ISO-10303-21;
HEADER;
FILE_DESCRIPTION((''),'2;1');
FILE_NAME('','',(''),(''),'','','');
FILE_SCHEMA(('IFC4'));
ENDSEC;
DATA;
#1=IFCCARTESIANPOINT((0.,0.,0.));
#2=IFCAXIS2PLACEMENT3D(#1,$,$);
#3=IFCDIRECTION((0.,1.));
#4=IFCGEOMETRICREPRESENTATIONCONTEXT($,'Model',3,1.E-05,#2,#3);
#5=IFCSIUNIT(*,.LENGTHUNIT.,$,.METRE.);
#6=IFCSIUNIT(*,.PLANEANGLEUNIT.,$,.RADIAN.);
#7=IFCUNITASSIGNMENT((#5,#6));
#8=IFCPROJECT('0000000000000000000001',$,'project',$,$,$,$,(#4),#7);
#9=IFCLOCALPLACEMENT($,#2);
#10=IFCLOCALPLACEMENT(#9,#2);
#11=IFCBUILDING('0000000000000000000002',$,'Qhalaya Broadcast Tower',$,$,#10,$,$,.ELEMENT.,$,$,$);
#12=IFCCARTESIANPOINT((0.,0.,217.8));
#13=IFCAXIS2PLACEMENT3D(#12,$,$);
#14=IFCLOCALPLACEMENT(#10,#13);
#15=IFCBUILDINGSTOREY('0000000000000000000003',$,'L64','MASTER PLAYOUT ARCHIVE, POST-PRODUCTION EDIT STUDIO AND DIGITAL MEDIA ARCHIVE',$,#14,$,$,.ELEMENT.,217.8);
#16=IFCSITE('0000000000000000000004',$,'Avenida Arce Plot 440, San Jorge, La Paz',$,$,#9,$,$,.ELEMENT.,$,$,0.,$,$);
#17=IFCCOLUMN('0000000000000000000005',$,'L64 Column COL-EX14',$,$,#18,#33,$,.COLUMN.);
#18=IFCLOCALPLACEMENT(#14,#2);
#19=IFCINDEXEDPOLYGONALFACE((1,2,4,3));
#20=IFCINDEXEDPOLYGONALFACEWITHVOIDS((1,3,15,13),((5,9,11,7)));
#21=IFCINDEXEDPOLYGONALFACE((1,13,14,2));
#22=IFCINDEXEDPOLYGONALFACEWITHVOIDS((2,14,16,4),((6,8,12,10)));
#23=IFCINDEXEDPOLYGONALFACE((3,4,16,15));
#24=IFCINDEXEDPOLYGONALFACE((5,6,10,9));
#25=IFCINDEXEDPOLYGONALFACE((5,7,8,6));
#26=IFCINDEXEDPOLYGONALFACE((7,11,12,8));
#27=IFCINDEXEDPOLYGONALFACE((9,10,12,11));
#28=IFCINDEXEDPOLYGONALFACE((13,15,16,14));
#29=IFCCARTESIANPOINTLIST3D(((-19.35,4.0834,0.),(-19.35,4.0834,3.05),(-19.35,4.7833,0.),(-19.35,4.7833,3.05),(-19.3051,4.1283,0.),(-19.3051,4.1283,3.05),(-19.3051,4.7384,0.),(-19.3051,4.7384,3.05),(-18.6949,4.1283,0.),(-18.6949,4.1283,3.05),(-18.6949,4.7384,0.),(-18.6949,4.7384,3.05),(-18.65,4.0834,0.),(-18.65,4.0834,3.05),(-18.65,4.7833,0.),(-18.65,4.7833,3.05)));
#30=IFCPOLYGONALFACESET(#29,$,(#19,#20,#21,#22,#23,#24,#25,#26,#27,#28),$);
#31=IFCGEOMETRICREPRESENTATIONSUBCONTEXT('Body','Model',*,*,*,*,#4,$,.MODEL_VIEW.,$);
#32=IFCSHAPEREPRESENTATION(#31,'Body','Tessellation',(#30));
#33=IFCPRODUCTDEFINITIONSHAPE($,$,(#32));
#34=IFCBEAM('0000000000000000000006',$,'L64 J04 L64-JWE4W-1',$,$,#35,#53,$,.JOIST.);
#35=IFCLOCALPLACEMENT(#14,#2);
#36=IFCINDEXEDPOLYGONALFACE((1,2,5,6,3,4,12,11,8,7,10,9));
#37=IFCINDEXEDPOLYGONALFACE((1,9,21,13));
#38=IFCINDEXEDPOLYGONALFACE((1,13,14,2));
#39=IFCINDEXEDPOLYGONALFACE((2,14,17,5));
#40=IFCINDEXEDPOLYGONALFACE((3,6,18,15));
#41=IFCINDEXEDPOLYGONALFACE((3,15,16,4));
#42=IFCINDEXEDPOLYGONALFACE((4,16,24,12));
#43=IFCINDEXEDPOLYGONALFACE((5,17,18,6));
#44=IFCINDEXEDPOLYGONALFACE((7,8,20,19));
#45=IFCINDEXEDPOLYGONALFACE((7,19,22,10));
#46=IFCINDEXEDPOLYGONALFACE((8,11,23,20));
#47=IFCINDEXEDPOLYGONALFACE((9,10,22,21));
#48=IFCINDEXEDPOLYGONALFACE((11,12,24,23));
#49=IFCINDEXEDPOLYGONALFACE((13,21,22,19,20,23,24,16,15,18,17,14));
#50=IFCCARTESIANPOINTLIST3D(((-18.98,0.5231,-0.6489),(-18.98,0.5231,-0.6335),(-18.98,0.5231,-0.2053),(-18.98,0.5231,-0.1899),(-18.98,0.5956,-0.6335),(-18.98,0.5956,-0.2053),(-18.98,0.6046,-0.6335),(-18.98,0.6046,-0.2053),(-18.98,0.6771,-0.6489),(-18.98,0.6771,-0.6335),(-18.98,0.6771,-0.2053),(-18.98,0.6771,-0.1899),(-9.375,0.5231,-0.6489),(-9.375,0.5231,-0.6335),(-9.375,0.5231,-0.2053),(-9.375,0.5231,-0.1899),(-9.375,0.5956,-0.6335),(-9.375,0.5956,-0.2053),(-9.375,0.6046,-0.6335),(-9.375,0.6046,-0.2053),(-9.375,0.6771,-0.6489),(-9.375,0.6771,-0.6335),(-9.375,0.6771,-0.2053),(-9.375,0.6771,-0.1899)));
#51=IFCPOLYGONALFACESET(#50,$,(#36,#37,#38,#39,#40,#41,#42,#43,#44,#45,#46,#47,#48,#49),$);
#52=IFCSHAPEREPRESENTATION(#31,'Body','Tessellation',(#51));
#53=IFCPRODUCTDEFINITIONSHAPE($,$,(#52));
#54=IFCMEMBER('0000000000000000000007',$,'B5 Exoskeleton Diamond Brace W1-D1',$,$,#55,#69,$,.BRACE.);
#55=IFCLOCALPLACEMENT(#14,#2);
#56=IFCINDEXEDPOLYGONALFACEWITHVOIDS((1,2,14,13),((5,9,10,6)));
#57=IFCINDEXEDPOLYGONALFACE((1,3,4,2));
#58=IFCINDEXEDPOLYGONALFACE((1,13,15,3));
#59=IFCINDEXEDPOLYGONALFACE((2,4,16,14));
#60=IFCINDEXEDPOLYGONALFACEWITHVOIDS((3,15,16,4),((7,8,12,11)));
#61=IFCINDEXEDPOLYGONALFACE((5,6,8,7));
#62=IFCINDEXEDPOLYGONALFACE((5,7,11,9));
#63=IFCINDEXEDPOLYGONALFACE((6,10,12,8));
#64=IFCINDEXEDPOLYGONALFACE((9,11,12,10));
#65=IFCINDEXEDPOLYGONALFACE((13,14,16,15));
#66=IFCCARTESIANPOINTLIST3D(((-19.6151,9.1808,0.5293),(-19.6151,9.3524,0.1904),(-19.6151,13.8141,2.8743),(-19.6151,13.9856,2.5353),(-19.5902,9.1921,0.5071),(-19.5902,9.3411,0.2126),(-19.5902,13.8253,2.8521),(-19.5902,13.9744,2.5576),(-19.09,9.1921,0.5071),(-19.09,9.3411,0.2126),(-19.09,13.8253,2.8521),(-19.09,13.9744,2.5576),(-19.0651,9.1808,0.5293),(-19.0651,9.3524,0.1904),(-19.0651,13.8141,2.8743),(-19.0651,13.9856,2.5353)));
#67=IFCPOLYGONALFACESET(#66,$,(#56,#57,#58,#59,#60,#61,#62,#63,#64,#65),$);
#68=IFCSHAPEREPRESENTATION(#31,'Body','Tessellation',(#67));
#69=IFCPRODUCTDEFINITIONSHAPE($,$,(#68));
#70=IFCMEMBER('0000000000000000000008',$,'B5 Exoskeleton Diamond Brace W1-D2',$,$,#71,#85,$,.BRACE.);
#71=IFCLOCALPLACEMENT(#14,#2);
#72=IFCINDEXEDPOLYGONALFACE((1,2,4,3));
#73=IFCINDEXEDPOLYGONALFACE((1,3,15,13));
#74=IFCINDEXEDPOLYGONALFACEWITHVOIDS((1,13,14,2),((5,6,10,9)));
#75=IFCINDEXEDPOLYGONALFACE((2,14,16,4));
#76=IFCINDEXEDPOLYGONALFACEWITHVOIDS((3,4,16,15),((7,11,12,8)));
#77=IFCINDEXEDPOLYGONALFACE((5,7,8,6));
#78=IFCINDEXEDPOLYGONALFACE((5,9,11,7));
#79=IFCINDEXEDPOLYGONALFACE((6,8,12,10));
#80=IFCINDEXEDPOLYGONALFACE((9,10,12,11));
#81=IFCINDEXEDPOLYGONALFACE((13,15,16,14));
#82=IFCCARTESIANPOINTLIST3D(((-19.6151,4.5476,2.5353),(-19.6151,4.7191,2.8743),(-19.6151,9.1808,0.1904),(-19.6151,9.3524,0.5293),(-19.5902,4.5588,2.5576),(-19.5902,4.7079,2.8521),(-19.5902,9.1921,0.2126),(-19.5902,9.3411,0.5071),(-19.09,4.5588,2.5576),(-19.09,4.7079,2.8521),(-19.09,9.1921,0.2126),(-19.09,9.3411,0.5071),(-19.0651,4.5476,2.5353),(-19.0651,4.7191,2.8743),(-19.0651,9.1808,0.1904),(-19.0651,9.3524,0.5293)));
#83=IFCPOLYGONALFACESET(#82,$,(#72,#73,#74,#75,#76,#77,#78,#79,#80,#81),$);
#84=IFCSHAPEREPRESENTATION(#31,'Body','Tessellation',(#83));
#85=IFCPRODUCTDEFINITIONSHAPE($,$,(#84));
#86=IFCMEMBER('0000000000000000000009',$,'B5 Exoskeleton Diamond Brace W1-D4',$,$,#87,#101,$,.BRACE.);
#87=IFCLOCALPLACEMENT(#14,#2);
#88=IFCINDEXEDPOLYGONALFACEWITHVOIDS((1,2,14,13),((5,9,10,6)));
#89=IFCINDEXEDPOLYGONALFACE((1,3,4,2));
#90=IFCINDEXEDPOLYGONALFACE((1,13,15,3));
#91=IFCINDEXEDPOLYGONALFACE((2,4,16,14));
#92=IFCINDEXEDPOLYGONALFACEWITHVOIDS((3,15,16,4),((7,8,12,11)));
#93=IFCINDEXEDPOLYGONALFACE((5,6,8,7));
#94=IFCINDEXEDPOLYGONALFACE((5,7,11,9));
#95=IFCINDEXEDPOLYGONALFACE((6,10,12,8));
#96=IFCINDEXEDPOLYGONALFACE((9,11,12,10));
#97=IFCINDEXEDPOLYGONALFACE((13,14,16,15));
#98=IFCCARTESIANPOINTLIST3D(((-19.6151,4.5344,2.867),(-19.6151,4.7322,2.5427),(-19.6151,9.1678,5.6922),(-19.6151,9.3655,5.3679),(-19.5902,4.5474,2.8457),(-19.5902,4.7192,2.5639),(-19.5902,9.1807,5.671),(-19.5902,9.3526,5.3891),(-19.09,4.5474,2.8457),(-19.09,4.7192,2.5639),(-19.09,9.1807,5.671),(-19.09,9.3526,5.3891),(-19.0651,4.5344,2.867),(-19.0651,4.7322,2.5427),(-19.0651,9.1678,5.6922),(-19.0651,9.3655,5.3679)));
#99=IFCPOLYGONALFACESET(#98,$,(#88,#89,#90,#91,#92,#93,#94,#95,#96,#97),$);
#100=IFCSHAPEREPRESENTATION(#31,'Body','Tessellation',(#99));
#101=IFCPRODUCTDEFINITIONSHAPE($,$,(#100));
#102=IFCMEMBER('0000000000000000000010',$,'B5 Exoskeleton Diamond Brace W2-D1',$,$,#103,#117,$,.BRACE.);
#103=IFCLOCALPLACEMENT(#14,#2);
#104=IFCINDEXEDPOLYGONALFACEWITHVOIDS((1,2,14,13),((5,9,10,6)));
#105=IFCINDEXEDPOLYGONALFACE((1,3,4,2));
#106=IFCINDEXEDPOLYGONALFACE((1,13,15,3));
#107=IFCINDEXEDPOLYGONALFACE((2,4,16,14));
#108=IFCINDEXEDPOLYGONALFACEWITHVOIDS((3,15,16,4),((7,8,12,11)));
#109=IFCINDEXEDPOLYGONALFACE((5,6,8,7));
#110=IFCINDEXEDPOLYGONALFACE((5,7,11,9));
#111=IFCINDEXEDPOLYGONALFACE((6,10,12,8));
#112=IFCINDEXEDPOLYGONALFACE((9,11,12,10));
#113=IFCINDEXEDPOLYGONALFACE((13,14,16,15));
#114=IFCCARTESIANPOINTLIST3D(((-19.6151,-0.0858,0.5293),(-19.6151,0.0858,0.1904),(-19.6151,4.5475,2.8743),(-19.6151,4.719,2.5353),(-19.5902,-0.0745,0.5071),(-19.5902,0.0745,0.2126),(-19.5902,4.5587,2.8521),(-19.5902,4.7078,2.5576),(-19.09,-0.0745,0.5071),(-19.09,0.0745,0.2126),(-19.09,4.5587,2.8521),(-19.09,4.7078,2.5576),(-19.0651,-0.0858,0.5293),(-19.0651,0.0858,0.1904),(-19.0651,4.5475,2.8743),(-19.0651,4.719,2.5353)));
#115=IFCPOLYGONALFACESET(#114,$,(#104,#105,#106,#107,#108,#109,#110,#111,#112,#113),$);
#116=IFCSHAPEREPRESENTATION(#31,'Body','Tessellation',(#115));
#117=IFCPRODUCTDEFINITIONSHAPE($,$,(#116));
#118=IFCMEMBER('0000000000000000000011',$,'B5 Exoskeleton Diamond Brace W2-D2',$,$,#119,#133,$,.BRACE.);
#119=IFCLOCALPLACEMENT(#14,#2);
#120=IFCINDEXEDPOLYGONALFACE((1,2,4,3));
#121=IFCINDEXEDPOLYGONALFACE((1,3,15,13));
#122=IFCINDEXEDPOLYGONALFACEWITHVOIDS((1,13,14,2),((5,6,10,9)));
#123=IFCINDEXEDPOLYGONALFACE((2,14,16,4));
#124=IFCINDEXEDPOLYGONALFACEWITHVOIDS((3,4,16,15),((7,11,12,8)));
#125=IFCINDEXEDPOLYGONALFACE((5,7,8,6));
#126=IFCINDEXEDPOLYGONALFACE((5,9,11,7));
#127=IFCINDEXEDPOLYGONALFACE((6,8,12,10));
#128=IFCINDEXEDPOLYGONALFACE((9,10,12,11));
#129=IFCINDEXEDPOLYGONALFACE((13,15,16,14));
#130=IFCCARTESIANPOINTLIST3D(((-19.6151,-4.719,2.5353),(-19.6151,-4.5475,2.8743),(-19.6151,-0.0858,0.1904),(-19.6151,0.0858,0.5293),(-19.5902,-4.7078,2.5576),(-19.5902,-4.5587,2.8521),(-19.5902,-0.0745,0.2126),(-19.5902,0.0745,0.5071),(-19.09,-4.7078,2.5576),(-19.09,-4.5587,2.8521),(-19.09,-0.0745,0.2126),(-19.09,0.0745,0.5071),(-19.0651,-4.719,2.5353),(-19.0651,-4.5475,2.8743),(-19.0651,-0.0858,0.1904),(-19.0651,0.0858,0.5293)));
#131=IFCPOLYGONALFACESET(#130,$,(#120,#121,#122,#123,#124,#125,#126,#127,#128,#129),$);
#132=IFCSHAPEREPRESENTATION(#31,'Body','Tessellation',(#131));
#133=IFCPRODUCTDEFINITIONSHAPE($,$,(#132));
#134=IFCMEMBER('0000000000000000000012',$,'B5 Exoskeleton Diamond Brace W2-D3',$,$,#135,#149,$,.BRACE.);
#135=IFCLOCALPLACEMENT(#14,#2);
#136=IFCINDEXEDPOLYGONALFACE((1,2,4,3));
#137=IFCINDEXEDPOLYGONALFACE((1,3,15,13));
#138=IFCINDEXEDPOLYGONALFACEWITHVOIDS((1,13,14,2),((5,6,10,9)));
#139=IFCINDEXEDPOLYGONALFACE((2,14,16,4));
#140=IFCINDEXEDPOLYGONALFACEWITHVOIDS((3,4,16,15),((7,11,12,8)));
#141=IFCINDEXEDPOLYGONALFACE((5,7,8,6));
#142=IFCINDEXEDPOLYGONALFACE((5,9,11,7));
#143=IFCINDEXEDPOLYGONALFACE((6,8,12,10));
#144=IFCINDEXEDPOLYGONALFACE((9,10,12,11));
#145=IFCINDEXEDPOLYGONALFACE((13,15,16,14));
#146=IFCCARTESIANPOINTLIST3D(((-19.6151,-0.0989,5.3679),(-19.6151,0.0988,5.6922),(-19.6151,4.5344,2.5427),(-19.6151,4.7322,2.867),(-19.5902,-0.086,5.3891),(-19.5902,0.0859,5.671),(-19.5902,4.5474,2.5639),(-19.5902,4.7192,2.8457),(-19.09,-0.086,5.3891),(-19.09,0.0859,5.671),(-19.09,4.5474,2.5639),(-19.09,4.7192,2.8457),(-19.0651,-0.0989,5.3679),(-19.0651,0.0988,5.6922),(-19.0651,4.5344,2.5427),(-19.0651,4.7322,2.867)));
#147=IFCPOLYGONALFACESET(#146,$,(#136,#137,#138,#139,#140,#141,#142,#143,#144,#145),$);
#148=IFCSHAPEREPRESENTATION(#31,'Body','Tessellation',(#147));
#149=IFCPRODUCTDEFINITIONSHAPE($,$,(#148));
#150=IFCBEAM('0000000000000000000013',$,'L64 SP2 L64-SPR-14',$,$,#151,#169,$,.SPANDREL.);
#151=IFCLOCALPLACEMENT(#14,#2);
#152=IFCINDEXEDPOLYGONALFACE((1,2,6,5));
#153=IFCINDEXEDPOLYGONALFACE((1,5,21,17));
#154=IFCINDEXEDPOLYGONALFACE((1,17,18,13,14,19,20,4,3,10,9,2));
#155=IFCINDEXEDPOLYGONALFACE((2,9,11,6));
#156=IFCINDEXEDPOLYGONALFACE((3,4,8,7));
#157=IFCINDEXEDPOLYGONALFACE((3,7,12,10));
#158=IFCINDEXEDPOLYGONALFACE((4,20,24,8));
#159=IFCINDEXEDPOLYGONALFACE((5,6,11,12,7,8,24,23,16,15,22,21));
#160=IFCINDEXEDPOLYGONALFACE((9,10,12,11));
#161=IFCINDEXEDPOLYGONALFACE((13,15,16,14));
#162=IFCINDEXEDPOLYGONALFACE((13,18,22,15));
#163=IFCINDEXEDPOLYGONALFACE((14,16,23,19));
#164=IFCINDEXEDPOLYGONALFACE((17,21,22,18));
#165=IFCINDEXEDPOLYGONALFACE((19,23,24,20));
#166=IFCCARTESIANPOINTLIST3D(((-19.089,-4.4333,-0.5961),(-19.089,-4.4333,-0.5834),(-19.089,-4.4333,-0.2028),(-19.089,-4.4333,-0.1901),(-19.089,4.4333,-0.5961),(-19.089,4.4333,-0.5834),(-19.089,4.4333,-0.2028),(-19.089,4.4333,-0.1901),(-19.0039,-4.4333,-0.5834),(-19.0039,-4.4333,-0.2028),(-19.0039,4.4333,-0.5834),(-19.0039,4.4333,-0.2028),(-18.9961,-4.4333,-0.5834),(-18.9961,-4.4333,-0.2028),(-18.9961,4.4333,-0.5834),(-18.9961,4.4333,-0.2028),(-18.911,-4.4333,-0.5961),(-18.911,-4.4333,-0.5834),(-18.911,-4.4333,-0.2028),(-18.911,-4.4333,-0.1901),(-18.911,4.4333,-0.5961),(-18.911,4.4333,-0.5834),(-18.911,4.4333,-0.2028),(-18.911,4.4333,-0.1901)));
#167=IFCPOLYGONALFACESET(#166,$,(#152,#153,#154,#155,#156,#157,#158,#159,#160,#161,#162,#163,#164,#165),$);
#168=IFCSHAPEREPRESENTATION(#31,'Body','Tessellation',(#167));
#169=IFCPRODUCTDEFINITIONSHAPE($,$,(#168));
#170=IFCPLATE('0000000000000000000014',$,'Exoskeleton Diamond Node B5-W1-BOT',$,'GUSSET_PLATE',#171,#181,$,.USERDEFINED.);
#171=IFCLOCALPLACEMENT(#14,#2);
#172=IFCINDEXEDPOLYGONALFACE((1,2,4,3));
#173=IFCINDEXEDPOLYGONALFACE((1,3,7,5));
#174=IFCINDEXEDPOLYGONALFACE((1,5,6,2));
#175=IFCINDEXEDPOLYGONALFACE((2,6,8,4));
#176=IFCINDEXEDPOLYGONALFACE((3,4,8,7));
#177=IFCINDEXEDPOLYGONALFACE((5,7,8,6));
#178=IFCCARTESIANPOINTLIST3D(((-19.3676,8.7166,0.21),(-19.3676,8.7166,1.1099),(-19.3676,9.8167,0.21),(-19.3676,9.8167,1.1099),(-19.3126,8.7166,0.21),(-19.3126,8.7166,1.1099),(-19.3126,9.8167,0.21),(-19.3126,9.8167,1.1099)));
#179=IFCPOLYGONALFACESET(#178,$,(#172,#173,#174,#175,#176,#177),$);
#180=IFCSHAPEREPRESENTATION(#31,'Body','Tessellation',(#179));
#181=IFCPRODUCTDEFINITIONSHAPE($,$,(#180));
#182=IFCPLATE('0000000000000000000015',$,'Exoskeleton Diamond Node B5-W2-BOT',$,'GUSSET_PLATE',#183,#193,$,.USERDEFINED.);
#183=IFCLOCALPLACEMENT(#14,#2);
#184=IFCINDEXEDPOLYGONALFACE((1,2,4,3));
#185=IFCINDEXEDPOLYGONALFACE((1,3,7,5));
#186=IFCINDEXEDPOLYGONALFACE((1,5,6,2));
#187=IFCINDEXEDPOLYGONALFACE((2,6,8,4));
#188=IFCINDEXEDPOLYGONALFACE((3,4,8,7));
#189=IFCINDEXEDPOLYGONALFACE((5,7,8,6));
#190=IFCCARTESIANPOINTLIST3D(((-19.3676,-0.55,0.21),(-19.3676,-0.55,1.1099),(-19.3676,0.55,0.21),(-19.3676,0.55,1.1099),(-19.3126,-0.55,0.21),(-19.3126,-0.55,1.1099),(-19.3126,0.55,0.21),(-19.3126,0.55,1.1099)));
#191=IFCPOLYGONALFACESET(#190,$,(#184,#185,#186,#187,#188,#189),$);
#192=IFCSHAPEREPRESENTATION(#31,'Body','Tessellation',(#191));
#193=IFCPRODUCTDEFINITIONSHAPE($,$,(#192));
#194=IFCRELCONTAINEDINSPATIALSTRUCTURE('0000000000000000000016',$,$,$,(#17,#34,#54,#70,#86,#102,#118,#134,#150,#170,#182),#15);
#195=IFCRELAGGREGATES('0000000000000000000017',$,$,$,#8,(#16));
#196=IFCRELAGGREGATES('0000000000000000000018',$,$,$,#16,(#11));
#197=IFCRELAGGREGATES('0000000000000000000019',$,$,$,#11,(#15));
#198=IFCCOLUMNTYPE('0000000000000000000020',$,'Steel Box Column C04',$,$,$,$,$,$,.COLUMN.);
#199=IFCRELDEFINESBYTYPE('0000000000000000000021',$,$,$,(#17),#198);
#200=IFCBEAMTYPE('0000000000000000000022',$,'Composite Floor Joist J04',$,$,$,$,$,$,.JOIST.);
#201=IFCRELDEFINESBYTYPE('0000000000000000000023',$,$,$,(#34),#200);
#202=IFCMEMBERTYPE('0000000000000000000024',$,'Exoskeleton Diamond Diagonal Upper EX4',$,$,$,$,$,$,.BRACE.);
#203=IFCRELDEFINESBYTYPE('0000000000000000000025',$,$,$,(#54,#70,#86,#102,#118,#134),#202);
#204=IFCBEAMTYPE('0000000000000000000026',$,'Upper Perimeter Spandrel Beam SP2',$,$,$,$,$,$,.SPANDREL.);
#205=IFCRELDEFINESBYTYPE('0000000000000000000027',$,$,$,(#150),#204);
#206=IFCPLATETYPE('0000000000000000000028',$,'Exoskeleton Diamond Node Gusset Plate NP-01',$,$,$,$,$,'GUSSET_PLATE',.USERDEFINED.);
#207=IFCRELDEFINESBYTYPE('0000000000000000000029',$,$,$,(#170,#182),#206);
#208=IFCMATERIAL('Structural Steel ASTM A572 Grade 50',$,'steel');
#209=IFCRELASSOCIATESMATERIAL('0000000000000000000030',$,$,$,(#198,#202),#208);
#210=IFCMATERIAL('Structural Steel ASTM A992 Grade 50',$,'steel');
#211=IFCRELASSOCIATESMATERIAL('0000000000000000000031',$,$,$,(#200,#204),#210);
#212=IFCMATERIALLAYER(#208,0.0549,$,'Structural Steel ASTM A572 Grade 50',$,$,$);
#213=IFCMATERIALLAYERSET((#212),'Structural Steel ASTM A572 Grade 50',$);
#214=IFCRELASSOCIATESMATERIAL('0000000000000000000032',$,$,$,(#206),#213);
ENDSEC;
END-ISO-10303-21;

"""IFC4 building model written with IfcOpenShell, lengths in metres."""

from ifc_helpers import new_model, si_unit, direction, frame, origin, origin_2d, place, context, subcontext, project, spatial, rectangle, hollow_rectangle, i_section, extrude, material, layer, layer_set, material_profile, profile_set, type_object, element, save


model = new_model("IFC4")

# Units and contexts
model_context = context("Model", 3, precision=1e-05, world=origin(), true_north=direction((0.0, 1.0)))
body_context = subcontext(model_context, "Body", "Model", "MODEL_VIEW")
ifc_project = project(units=[si_unit("LENGTHUNIT", "METRE"), si_unit("PLANEANGLEUNIT", "RADIAN")], contexts=[model_context])

# Site, building, storey
site_placement = place(None, origin())
site = spatial("IfcSite", under=ifc_project, at=site_placement, Name="Avenida Arce Plot 440, San Jorge, La Paz", CompositionType="ELEMENT", RefElevation=0.0)
building_placement = place(site_placement, origin())
building = spatial("IfcBuilding", under=site, at=building_placement, Name="Qhalaya Broadcast Tower", CompositionType="ELEMENT")
storey_placement = place(building_placement, frame((0.0, 0.0, 217.8)))
storey = spatial("IfcBuildingStorey", under=building, at=storey_placement, Name="L64", Description="MASTER PLAYOUT ARCHIVE, POST-PRODUCTION EDIT STUDIO AND DIGITAL MEDIA ARCHIVE", CompositionType="ELEMENT", Elevation=217.8)

# Column
ifc_material_1 = material(Name="Structural Steel ASTM A572 Grade 50", Category="steel")
ifc_material_profile_1 = material_profile(ifc_material_1, hollow_rectangle(XDim=0.7, YDim=0.7, WallThickness=0.0449, at=origin_2d()), Name="BOX 700x700x45")
ifc_profile_set_1 = profile_set([ifc_material_profile_1], Name="Structural Steel ASTM A572 Grade 50")
column_type = type_object("IfcColumnType", Name="Steel Box Column C04", PredefinedType="COLUMN", material=ifc_profile_set_1)
column_placement = place(storey_placement, frame((-19.0, 4.4333, 0.0), z_axis=(0.0, 0.0, 1.0), x_axis=(0.0, 1.0, 0.0)))
element("IfcColumn", 1, at=column_placement, inside=storey, type_object=column_type, Name="L64 Column COL-EX14", PredefinedType="COLUMN", context=body_context, shape_type="SweptSolid", body=[
    extrude(hollow_rectangle(XDim=0.7, YDim=0.7, WallThickness=0.0449, at=origin_2d()), origin(), (0.0, 0.0, 1.0), 3.05),
])

# Beam
ifc_material_2 = material(Name="Structural Steel ASTM A992 Grade 50", Category="steel")
ifc_material_profile_2 = material_profile(ifc_material_2, i_section(OverallWidth=0.1541, OverallDepth=0.459, WebThickness=0.009, FlangeThickness=0.0154, at=origin_2d()), Name="W18X46")
ifc_profile_set_2 = profile_set([ifc_material_profile_2], Name="Structural Steel ASTM A992 Grade 50")
beam_type_1 = type_object("IfcBeamType", Name="Composite Floor Joist J04", PredefinedType="JOIST", material=ifc_profile_set_2)
beam_1_placement = place(storey_placement, frame((-18.98, 0.6001, -0.4194), z_axis=(1.0, 0.0, 0.0), x_axis=(0.0, 1.0, 0.0)))
element("IfcBeam", 2, at=beam_1_placement, inside=storey, type_object=beam_type_1, Name="L64 J04 L64-JWE4W-1", PredefinedType="JOIST", context=body_context, shape_type="SweptSolid", body=[
    extrude(i_section(OverallWidth=0.1541, OverallDepth=0.459, WebThickness=0.009, FlangeThickness=0.0154, at=origin_2d()), origin(), (0.0, 0.0, 1.0), 9.605),
])

# Members
ifc_material_profile_3 = material_profile(ifc_material_1, hollow_rectangle(XDim=0.3799, YDim=0.55, WallThickness=0.0249, at=origin_2d()), Name="BOX 380x550x25")
ifc_profile_set_3 = profile_set([ifc_material_profile_3], Name="Structural Steel ASTM A572 Grade 50")
member_type = type_object("IfcMemberType", Name="Exoskeleton Diamond Diagonal Upper EX4", PredefinedType="BRACE", material=ifc_profile_set_3)
for number, where, z_axis, x_axis, name in (
    (3, (-19.3401, 9.2666, 0.3599), (0.0, 0.892235, 0.451571), (0.0, -0.451571, 0.892235), "B5 Exoskeleton Diamond Brace W1-D1"),
    (4, (-19.3401, 9.2666, 0.3599), (0.0, -0.892235, 0.451571), (0.0, 0.451571, 0.892235), "B5 Exoskeleton Diamond Brace W1-D2"),
):
    element("IfcMember", number, at=place(storey_placement, frame(where, z_axis=z_axis, x_axis=x_axis)), inside=storey, type_object=member_type, Name=name, PredefinedType="BRACE", context=body_context, shape_type="SweptSolid", body=[
        extrude(hollow_rectangle(XDim=0.3799, YDim=0.55, WallThickness=0.0249, at=origin_2d()), origin(), (0.0, 0.0, 1.0), 5.1929),
    ])
member_1_placement = place(storey_placement, frame((-19.3401, 4.6333, 2.7048), z_axis=(0.0, 0.853795, 0.520609), x_axis=(0.0, -0.520609, 0.853795)))
element("IfcMember", 5, at=member_1_placement, inside=storey, type_object=member_type, Name="B5 Exoskeleton Diamond Brace W1-D4", PredefinedType="BRACE", context=body_context, shape_type="SweptSolid", body=[
    extrude(hollow_rectangle(XDim=0.3799, YDim=0.55, WallThickness=0.0249, at=origin_2d()), origin(), (0.0, 0.0, 1.0), 5.4268),
])
for number, where, z_axis, x_axis, name in (
    (6, (-19.3401, 0.0, 0.3599), (0.0, 0.892235, 0.451571), (0.0, -0.451571, 0.892235), "B5 Exoskeleton Diamond Brace W2-D1"),
    (7, (-19.3401, 0.0, 0.3599), (0.0, -0.892235, 0.451571), (0.0, 0.451571, 0.892235), "B5 Exoskeleton Diamond Brace W2-D2"),
):
    element("IfcMember", number, at=place(storey_placement, frame(where, z_axis=z_axis, x_axis=x_axis)), inside=storey, type_object=member_type, Name=name, PredefinedType="BRACE", context=body_context, shape_type="SweptSolid", body=[
        extrude(hollow_rectangle(XDim=0.3799, YDim=0.55, WallThickness=0.0249, at=origin_2d()), origin(), (0.0, 0.0, 1.0), 5.1929),
    ])
member_2_placement = place(storey_placement, frame((-19.3401, 4.6333, 2.7048), z_axis=(0.0, -0.853795, 0.520609), x_axis=(0.0, 0.520609, 0.853795)))
element("IfcMember", 8, at=member_2_placement, inside=storey, type_object=member_type, Name="B5 Exoskeleton Diamond Brace W2-D3", PredefinedType="BRACE", context=body_context, shape_type="SweptSolid", body=[
    extrude(hollow_rectangle(XDim=0.3799, YDim=0.55, WallThickness=0.0249, at=origin_2d()), origin(), (0.0, 0.0, 1.0), 5.4268),
])

# Beam
ifc_material_profile_4 = material_profile(ifc_material_2, i_section(OverallWidth=0.178, OverallDepth=0.406, WebThickness=0.0078, FlangeThickness=0.0127, at=origin_2d()), Name="W16X40")
ifc_profile_set_4 = profile_set([ifc_material_profile_4], Name="Structural Steel ASTM A992 Grade 50")
beam_type_2 = type_object("IfcBeamType", Name="Upper Perimeter Spandrel Beam SP2", PredefinedType="SPANDREL", material=ifc_profile_set_4)
beam_2_placement = place(storey_placement, frame((-19.0, 4.4333, -0.3931), z_axis=(0.0, -1.0, 0.0), x_axis=(1.0, 0.0, 0.0)))
element("IfcBeam", 9, at=beam_2_placement, inside=storey, type_object=beam_type_2, Name="L64 SP2 L64-SPR-14", PredefinedType="SPANDREL", context=body_context, shape_type="SweptSolid", body=[
    extrude(i_section(OverallWidth=0.178, OverallDepth=0.406, WebThickness=0.0078, FlangeThickness=0.0127, at=origin_2d()), origin(), (0.0, 0.0, 1.0), 8.8667),
])

# Plates
ifc_layer_1 = layer(ifc_material_1, 0.0549, Name="Structural Steel ASTM A572 Grade 50")
ifc_layer_set_1 = layer_set([ifc_layer_1], Name="Structural Steel ASTM A572 Grade 50")
plate_type_1 = type_object("IfcPlateType", Name="Exoskeleton Diamond Node Gusset Plate NP-01", ElementType="GUSSET_PLATE", PredefinedType="USERDEFINED", material=ifc_layer_set_1)
for number, where, z_axis, x_axis, name in (
    (10, (-19.3401, 9.2666, 0.21), (0.0, 0.0, 1.0), (0.0, 1.0, 0.0), "Exoskeleton Diamond Node B5-W1-BOT"),
    (11, (-19.3401, 0.0, 0.21), (0.0, 0.0, 1.0), (0.0, 1.0, 0.0), "Exoskeleton Diamond Node B5-W2-BOT"),
):
    element("IfcPlate", number, at=place(storey_placement, frame(where, z_axis=z_axis, x_axis=x_axis)), inside=storey, type_object=plate_type_1, Name=name, ObjectType="GUSSET_PLATE", PredefinedType="USERDEFINED", context=body_context, shape_type="SweptSolid", body=[
        extrude(rectangle(XDim=1.1001, YDim=0.0549, at=origin_2d()), origin(), (0.0, 0.0, 1.0), 0.8999),
    ])

save(model, "model.ifc")
